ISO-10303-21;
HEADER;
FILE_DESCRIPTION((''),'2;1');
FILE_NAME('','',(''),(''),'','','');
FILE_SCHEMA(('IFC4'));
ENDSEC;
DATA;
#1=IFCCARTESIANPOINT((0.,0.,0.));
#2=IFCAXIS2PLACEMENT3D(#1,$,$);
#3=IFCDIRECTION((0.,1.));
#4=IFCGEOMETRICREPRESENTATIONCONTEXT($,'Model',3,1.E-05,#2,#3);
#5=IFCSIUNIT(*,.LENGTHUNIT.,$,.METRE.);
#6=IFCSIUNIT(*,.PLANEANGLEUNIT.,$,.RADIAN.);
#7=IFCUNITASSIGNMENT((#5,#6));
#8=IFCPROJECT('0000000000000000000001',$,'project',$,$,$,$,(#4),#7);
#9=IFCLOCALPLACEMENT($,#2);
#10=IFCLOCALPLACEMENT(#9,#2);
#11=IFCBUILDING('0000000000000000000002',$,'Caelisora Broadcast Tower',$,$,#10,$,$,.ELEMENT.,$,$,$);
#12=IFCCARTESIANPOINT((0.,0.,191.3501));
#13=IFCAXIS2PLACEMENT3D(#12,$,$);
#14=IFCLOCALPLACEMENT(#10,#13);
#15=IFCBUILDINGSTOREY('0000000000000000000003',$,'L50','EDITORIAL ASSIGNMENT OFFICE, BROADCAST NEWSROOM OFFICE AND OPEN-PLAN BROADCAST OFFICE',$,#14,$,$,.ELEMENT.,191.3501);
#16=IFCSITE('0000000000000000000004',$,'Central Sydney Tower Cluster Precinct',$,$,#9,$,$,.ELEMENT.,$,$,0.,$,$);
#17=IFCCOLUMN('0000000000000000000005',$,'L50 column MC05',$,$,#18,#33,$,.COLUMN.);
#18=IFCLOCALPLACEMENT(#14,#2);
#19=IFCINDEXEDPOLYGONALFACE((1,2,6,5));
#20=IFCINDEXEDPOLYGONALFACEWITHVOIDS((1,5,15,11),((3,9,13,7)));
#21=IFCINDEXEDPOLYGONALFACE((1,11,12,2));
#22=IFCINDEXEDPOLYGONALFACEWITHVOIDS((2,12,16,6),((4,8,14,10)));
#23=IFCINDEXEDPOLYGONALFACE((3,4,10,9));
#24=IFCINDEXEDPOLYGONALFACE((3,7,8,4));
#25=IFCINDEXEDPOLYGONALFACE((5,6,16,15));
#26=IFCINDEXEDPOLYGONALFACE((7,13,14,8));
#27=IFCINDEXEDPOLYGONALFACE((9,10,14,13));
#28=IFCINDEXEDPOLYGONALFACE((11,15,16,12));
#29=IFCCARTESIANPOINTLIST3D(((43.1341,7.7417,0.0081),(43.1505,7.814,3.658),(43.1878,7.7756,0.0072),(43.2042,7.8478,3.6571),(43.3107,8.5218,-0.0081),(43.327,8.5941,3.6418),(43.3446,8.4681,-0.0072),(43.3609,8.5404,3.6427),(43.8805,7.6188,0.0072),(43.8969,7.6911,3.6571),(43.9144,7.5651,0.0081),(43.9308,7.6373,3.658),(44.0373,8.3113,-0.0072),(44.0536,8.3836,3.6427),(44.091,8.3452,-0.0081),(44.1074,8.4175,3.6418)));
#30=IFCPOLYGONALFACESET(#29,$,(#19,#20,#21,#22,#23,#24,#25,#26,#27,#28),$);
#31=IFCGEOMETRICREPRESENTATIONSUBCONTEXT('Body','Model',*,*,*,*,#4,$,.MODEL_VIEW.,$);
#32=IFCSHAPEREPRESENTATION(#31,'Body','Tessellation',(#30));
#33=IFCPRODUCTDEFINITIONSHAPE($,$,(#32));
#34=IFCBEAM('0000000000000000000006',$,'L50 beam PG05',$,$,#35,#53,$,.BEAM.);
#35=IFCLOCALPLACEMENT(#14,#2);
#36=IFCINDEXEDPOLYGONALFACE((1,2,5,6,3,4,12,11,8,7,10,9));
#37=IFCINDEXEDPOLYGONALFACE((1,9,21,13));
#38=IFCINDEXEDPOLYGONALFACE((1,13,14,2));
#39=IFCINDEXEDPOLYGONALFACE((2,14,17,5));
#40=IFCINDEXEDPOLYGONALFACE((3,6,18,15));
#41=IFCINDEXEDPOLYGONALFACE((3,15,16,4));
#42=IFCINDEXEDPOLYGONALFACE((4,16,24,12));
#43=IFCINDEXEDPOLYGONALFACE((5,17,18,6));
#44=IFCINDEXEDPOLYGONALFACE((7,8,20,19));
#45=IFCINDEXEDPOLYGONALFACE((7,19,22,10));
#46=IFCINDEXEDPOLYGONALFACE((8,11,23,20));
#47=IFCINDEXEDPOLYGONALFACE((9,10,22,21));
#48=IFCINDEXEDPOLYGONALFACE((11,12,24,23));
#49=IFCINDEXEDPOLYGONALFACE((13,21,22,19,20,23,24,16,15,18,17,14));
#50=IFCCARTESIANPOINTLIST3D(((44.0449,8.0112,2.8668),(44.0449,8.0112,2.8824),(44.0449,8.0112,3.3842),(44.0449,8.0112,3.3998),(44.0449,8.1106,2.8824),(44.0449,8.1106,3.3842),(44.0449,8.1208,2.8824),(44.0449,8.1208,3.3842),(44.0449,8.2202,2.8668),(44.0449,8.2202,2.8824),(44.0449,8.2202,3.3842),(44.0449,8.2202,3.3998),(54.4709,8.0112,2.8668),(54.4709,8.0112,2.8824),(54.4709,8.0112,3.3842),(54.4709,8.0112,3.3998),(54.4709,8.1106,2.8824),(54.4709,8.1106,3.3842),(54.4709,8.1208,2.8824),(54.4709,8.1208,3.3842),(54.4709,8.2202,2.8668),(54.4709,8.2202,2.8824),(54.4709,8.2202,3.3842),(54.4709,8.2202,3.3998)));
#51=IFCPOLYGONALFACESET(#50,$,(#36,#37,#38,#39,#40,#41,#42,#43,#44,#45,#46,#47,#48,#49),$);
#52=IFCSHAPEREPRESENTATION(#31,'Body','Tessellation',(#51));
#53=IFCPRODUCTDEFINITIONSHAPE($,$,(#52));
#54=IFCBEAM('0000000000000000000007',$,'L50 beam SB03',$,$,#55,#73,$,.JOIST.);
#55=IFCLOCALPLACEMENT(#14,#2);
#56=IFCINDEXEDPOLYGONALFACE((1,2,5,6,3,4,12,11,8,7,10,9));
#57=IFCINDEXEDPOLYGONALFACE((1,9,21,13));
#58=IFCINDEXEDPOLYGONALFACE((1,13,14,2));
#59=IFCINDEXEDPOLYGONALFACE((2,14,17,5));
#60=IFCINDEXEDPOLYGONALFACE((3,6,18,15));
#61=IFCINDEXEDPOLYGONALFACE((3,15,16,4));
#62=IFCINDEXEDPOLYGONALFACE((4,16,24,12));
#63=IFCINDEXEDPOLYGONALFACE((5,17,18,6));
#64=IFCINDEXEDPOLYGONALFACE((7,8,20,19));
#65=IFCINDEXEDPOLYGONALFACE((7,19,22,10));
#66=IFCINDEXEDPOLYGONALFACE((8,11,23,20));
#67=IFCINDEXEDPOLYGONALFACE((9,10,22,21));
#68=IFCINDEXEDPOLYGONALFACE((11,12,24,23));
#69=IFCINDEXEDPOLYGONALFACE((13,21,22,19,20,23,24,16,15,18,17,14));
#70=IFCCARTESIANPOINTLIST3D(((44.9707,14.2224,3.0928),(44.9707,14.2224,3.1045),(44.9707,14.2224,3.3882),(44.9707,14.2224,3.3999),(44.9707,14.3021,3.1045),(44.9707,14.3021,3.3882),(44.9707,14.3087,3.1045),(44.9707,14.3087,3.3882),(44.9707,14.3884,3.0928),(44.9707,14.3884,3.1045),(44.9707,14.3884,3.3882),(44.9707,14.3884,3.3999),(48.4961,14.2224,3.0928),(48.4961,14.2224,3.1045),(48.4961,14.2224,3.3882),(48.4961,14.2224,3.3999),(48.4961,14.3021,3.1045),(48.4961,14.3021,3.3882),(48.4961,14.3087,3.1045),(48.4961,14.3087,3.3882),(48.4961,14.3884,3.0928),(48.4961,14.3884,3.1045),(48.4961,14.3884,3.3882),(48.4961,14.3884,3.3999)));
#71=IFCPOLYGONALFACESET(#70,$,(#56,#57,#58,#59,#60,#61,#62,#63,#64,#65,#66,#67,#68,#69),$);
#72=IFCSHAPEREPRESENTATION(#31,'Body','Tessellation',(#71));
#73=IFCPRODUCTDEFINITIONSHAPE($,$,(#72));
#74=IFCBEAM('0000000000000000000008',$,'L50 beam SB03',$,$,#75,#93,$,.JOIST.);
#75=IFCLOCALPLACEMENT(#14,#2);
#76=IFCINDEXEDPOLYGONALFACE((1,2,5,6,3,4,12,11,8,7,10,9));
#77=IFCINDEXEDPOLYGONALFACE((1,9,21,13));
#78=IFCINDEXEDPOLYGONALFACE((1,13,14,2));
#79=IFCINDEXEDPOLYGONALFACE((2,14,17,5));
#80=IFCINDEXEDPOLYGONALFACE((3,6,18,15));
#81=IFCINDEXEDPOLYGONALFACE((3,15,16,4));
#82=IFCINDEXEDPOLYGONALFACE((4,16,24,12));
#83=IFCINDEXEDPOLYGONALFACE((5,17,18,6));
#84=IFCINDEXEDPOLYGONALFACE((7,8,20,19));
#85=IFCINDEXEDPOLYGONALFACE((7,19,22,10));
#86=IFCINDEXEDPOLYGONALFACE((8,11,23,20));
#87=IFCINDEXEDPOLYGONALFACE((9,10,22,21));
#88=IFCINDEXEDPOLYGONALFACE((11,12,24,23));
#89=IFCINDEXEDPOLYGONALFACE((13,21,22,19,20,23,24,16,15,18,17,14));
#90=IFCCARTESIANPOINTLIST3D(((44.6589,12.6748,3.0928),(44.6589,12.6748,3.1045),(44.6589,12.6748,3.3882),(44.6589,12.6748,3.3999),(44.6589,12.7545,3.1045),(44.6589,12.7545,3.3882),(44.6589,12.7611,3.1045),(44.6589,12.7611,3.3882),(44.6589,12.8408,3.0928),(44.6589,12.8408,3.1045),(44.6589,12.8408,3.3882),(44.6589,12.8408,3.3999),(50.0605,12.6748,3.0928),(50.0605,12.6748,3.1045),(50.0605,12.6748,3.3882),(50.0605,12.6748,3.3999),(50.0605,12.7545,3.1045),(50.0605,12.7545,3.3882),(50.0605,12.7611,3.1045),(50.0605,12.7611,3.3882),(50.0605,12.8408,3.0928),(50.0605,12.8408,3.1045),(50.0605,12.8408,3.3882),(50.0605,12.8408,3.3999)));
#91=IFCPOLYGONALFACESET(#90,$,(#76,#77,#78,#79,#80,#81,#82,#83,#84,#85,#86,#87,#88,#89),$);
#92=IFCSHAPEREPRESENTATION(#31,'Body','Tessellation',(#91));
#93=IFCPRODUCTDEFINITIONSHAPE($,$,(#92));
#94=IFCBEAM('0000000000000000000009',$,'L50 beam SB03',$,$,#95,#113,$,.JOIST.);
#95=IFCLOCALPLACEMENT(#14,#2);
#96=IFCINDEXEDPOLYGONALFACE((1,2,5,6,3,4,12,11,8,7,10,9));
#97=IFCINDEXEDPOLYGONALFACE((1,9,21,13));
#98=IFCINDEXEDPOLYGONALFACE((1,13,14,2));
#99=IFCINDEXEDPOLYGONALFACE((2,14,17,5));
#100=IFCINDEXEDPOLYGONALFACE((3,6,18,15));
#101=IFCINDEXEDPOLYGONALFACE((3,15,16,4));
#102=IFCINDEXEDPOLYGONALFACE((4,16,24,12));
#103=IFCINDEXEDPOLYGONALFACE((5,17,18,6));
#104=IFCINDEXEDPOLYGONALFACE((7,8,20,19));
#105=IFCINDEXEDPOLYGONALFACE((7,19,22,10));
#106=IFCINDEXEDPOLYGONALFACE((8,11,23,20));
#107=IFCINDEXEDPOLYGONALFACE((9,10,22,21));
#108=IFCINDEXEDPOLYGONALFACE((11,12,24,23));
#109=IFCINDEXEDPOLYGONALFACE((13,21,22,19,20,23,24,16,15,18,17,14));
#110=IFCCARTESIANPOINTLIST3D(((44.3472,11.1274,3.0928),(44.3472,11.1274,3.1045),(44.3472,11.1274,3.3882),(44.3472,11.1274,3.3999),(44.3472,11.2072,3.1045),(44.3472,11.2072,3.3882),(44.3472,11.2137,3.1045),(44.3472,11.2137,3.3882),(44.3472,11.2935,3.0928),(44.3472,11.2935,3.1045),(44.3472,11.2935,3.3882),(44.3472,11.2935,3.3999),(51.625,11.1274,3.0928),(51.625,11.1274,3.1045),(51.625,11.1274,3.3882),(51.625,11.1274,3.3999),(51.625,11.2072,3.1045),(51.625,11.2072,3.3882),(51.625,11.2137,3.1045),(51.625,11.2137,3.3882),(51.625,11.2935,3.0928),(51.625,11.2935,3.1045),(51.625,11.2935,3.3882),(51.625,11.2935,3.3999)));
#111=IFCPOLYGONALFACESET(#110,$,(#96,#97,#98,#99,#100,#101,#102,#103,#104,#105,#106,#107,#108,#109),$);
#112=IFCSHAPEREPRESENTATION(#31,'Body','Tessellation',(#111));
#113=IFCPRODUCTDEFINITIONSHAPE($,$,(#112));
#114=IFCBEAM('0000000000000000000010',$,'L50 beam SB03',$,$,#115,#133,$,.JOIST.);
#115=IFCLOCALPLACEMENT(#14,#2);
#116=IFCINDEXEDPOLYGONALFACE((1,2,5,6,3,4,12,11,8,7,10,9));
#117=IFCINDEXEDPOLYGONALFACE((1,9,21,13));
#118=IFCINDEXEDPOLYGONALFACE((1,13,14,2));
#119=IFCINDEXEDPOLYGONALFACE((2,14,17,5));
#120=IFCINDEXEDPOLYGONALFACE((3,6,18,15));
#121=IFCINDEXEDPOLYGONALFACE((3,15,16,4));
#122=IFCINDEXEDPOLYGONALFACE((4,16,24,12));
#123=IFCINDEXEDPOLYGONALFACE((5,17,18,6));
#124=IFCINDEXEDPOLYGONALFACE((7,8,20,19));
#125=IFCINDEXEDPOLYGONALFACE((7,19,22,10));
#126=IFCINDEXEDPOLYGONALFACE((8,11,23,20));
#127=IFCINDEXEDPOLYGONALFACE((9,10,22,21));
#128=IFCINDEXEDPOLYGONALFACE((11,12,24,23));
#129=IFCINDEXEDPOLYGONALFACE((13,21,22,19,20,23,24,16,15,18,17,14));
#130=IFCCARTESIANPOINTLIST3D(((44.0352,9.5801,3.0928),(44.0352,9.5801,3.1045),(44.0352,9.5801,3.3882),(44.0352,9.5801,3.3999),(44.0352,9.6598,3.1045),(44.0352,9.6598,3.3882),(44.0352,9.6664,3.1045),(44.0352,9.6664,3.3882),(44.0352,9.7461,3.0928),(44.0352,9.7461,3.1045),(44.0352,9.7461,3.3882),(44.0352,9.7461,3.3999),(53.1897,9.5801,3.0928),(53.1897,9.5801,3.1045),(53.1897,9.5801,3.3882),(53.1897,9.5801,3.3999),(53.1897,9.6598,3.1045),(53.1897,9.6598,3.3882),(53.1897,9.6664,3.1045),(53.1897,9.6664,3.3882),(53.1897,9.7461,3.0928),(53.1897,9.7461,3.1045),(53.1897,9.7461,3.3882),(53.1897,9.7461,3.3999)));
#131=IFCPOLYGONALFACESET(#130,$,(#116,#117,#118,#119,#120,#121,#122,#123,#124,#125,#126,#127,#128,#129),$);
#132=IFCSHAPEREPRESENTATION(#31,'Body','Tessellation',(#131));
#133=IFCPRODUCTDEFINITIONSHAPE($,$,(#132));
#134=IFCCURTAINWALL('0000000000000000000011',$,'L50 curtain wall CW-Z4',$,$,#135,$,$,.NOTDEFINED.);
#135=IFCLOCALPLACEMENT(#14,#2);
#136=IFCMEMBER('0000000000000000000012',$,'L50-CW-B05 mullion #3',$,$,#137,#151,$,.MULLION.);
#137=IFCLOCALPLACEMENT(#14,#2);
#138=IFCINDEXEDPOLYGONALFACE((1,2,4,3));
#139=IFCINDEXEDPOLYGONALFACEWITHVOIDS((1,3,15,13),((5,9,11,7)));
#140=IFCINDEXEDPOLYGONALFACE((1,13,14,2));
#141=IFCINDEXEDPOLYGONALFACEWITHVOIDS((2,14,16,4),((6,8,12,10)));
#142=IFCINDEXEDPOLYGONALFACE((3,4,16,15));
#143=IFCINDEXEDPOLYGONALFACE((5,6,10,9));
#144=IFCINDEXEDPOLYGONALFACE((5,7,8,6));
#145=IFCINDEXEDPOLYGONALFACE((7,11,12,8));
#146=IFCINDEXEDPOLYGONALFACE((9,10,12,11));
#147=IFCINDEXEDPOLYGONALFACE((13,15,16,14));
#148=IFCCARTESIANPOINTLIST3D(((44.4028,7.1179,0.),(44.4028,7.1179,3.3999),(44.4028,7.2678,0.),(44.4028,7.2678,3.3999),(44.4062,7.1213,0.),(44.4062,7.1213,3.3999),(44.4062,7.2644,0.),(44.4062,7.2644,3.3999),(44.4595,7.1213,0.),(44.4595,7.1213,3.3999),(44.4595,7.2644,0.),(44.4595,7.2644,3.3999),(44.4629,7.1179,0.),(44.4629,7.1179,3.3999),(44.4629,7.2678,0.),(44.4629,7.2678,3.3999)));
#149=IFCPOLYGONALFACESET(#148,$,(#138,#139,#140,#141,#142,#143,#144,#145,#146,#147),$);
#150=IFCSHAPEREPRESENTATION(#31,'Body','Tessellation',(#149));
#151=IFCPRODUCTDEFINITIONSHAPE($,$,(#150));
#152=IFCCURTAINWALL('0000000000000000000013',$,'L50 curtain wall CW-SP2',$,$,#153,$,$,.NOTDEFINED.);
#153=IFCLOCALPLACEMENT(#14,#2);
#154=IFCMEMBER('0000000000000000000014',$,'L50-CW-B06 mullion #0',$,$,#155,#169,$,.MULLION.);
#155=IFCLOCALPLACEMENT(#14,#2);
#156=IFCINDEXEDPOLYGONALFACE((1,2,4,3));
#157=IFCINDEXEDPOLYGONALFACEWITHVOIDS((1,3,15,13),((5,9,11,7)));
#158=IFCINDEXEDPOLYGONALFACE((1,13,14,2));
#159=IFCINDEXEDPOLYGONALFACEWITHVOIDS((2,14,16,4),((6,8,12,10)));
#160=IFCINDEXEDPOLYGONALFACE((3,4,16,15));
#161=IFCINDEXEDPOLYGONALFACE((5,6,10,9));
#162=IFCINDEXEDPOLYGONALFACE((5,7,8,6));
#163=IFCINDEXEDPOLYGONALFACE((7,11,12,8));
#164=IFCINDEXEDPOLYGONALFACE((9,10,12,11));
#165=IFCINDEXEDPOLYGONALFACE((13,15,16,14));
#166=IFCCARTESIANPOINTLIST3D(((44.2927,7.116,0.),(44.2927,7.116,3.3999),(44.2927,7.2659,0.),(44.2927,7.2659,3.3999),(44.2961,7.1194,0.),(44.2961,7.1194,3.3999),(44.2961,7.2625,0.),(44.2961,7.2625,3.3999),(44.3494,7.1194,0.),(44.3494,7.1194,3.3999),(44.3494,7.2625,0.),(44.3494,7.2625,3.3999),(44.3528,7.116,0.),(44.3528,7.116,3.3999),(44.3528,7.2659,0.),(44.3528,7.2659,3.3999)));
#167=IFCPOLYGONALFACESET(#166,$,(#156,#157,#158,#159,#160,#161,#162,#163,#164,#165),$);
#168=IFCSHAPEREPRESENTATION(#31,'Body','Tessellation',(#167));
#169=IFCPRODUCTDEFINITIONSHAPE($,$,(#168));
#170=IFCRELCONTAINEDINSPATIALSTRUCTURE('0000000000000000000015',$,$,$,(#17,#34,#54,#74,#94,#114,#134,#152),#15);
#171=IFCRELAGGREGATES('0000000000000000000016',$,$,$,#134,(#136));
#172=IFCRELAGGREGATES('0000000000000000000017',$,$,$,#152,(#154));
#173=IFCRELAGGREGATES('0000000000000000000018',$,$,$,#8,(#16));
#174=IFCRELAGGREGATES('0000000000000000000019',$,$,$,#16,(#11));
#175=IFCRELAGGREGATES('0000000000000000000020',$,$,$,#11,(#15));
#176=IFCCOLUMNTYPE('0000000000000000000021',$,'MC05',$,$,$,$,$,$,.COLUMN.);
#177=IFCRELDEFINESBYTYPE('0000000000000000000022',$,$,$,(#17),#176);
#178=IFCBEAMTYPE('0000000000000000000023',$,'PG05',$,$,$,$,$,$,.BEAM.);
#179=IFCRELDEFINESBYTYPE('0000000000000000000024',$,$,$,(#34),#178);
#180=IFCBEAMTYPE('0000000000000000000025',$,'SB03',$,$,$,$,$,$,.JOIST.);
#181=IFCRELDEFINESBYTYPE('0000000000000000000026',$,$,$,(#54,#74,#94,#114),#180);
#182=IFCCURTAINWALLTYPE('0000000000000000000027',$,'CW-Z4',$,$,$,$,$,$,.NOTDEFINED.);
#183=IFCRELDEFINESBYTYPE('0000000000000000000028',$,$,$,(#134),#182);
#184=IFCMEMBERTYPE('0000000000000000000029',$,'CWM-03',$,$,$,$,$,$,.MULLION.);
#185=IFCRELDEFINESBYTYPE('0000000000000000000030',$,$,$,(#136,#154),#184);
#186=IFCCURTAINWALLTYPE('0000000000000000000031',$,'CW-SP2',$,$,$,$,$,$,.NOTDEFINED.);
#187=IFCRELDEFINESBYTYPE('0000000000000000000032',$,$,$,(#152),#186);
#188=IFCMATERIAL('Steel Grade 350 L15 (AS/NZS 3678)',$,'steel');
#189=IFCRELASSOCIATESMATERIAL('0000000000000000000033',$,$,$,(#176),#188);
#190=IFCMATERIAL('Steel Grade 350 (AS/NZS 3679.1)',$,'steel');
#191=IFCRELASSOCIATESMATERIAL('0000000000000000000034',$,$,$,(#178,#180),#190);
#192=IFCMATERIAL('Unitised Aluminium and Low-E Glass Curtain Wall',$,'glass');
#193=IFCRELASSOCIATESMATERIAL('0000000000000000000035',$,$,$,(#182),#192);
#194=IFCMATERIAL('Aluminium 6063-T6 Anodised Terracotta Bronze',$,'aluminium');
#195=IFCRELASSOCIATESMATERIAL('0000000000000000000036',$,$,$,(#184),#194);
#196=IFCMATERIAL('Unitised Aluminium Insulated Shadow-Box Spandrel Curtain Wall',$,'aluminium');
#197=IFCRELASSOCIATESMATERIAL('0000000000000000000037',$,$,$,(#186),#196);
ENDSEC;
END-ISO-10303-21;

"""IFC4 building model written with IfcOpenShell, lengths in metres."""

from ifc_helpers import new_model, si_unit, direction, frame, origin, origin_2d, place, context, subcontext, project, spatial, hollow_rectangle, i_section, extrude, source, transform, mapped, material, material_profile, profile_set, type_object, type_shapes, element, aggregate, save


model = new_model("IFC4")

# Units and contexts
model_context = context("Model", 3, precision=1e-05, world=origin(), true_north=direction((0.0, 1.0)))
body_context = subcontext(model_context, "Body", "Model", "MODEL_VIEW")
ifc_project = project(units=[si_unit("LENGTHUNIT", "METRE"), si_unit("PLANEANGLEUNIT", "RADIAN")], contexts=[model_context])

# Site, building, storey
site_placement = place(None, origin())
site = spatial("IfcSite", under=ifc_project, at=site_placement, Name="Central Sydney Tower Cluster Precinct", CompositionType="ELEMENT", RefElevation=0.0)
building_placement = place(site_placement, origin())
building = spatial("IfcBuilding", under=site, at=building_placement, Name="Caelisora Broadcast Tower", CompositionType="ELEMENT")
storey_placement = place(building_placement, frame((0.0, 0.0, 191.3501)))
storey = spatial("IfcBuildingStorey", under=building, at=storey_placement, Name="L50", Description="EDITORIAL ASSIGNMENT OFFICE, BROADCAST NEWSROOM OFFICE AND OPEN-PLAN BROADCAST OFFICE", CompositionType="ELEMENT", Elevation=191.3501)

# Column
ifc_material_1 = material(Name="Steel Grade 350 L15 (AS/NZS 3678)", Category="steel")
ifc_material_profile_1 = material_profile(ifc_material_1, hollow_rectangle(XDim=0.8, YDim=0.8, WallThickness=0.0449, at=origin_2d()), Name="Steel Grade 350 L15 (AS/NZS 3678)")
ifc_profile_set_1 = profile_set([ifc_material_profile_1], Name="Steel Grade 350 L15 (AS/NZS 3678)")
column_type = type_object("IfcColumnType", Name="MC05", PredefinedType="COLUMN", material=ifc_profile_set_1)
shared_shape_1 = source(origin(), body_context, "Body", "SweptSolid", [
    extrude(hollow_rectangle(XDim=0.8, YDim=0.8, WallThickness=0.0449, at=origin_2d()), origin(), (0.0, 0.0, 1.0), 3.6506),
])
type_shapes(column_type, [shared_shape_1])
column_placement = place(storey_placement, frame((43.6125, 8.0435, 0.0), z_axis=(0.004481, 0.019795, 0.999794), x_axis=(-0.975327, 0.220767, 0.0)))
element("IfcColumn", 1, at=column_placement, inside=storey, type_object=column_type, Name="L50 column MC05", PredefinedType="COLUMN", context=body_context, shape_type="MappedRepresentation", body=[
    mapped(shared_shape_1, transform((0.0, 0.0, 0.0), scale=1.0)),
])

# Beams
ifc_material_2 = material(Name="Steel Grade 350 (AS/NZS 3679.1)", Category="steel")
ifc_material_profile_2 = material_profile(ifc_material_2, i_section(OverallWidth=0.209, OverallDepth=0.533, WebThickness=0.0103, FlangeThickness=0.0156, at=origin_2d()), Name="Steel Grade 350 (AS/NZS 3679.1)")
ifc_profile_set_2 = profile_set([ifc_material_profile_2], Name="Steel Grade 350 (AS/NZS 3679.1)")
beam_type_1 = type_object("IfcBeamType", Name="PG05", PredefinedType="BEAM", material=ifc_profile_set_2)
shared_shape_2 = source(origin(), body_context, "Body", "SweptSolid", [
    extrude(i_section(OverallWidth=0.209, OverallDepth=0.533, WebThickness=0.0103, FlangeThickness=0.0156, at=origin_2d()), origin(), (0.0, 0.0, 1.0), 10.426),
])
type_shapes(beam_type_1, [shared_shape_2])
beam_1_placement = place(storey_placement, frame((44.0449, 8.1157, 3.1333), z_axis=(1.0, 0.0, 0.0), x_axis=(0.0, 1.0, 0.0)))
element("IfcBeam", 2, at=beam_1_placement, inside=storey, type_object=beam_type_1, Name="L50 beam PG05", PredefinedType="BEAM", context=body_context, shape_type="MappedRepresentation", body=[
    mapped(shared_shape_2, transform((0.0, 0.0, 0.0), scale=1.0)),
])
ifc_material_profile_3 = material_profile(ifc_material_2, i_section(OverallWidth=0.166, OverallDepth=0.3071, WebThickness=0.0066, FlangeThickness=0.0117, at=origin_2d()), Name="Steel Grade 350 (AS/NZS 3679.1)")
ifc_profile_set_3 = profile_set([ifc_material_profile_3], Name="Steel Grade 350 (AS/NZS 3679.1)")
beam_type_2 = type_object("IfcBeamType", Name="SB03", PredefinedType="JOIST", material=ifc_profile_set_3)
shared_shape_3 = source(origin(), body_context, "Body", "SweptSolid", [
    extrude(i_section(OverallWidth=0.166, OverallDepth=0.3071, WebThickness=0.0066, FlangeThickness=0.0117, at=origin_2d()), origin(), (0.0, 0.0, 1.0), 3.5254),
])
beam_2_placement = place(storey_placement, frame((44.9707, 14.3054, 3.2463), z_axis=(1.0, 0.0, 0.0), x_axis=(0.0, 1.0, 0.0)))
element("IfcBeam", 3, at=beam_2_placement, inside=storey, type_object=beam_type_2, Name="L50 beam SB03", PredefinedType="JOIST", context=body_context, shape_type="MappedRepresentation", body=[
    mapped(shared_shape_3, transform((0.0, 0.0, 0.0), scale=1.0)),
])
shared_shape_4 = source(origin(), body_context, "Body", "SweptSolid", [
    extrude(i_section(OverallWidth=0.166, OverallDepth=0.3071, WebThickness=0.0066, FlangeThickness=0.0117, at=origin_2d()), origin(), (0.0, 0.0, 1.0), 5.4016),
])
beam_3_placement = place(storey_placement, frame((44.6589, 12.7578, 3.2463), z_axis=(1.0, 0.0, 0.0), x_axis=(0.0, 1.0, 0.0)))
element("IfcBeam", 4, at=beam_3_placement, inside=storey, type_object=beam_type_2, Name="L50 beam SB03", PredefinedType="JOIST", context=body_context, shape_type="MappedRepresentation", body=[
    mapped(shared_shape_4, transform((0.0, 0.0, 0.0), scale=1.0)),
])
shared_shape_5 = source(origin(), body_context, "Body", "SweptSolid", [
    extrude(i_section(OverallWidth=0.166, OverallDepth=0.3071, WebThickness=0.0066, FlangeThickness=0.0117, at=origin_2d()), origin(), (0.0, 0.0, 1.0), 7.2778),
])
beam_4_placement = place(storey_placement, frame((44.3472, 11.2104, 3.2463), z_axis=(1.0, 0.0, 0.0), x_axis=(0.0, 1.0, 0.0)))
element("IfcBeam", 5, at=beam_4_placement, inside=storey, type_object=beam_type_2, Name="L50 beam SB03", PredefinedType="JOIST", context=body_context, shape_type="MappedRepresentation", body=[
    mapped(shared_shape_5, transform((0.0, 0.0, 0.0), scale=1.0)),
])
shared_shape_6 = source(origin(), body_context, "Body", "SweptSolid", [
    extrude(i_section(OverallWidth=0.166, OverallDepth=0.3071, WebThickness=0.0066, FlangeThickness=0.0117, at=origin_2d()), origin(), (0.0, 0.0, 1.0), 9.1545),
])
type_shapes(beam_type_2, [shared_shape_3, shared_shape_4, shared_shape_5, shared_shape_6])
beam_5_placement = place(storey_placement, frame((44.0352, 9.6631, 3.2463), z_axis=(1.0, 0.0, 0.0), x_axis=(0.0, 1.0, 0.0)))
element("IfcBeam", 6, at=beam_5_placement, inside=storey, type_object=beam_type_2, Name="L50 beam SB03", PredefinedType="JOIST", context=body_context, shape_type="MappedRepresentation", body=[
    mapped(shared_shape_6, transform((0.0, 0.0, 0.0), scale=1.0)),
])

# Curtain wall, member
ifc_material_3 = material(Name="Unitised Aluminium and Low-E Glass Curtain Wall", Category="glass")
curtain_wall_type_1 = type_object("IfcCurtainWallType", Name="CW-Z4", PredefinedType="NOTDEFINED", material=ifc_material_3)
curtain_wall_1_placement = place(storey_placement, origin())
curtain_wall_1 = element("IfcCurtainWall", 7, at=curtain_wall_1_placement, inside=storey, type_object=curtain_wall_type_1, Name="L50 curtain wall CW-Z4", PredefinedType="NOTDEFINED")
ifc_material_4 = material(Name="Aluminium 6063-T6 Anodised Terracotta Bronze", Category="aluminium")
ifc_material_profile_4 = material_profile(ifc_material_4, hollow_rectangle(XDim=0.0601, YDim=0.1499, WallThickness=0.0034, at=origin_2d()), Name="Aluminium 6063-T6 Anodised Terracotta Bronze")
ifc_profile_set_4 = profile_set([ifc_material_profile_4], Name="Aluminium 6063-T6 Anodised Terracotta Bronze")
member_type_1 = type_object("IfcMemberType", Name="CWM-03", PredefinedType="MULLION", material=ifc_profile_set_4)
shared_shape_7 = source(origin(), body_context, "Body", "SweptSolid", [
    extrude(hollow_rectangle(XDim=0.0601, YDim=0.1499, WallThickness=0.0034, at=origin_2d()), origin(), (0.0, 0.0, 1.0), 3.3999),
])
type_shapes(member_type_1, [shared_shape_7])
member_1_placement = place(storey_placement, frame((44.4329, 7.1929, 0.0), z_axis=(0.0, 0.0, 1.0), x_axis=(1.0, 0.0, 0.0)))
member_1 = element("IfcMember", 8, at=member_1_placement, type_object=member_type_1, Name="L50-CW-B05 mullion #3", PredefinedType="MULLION", context=body_context, shape_type="MappedRepresentation", body=[
    mapped(shared_shape_7, transform((0.0, 0.0, 0.0), scale=1.0)),
])
aggregate(curtain_wall_1, [member_1])

# Curtain wall, member
ifc_material_5 = material(Name="Unitised Aluminium Insulated Shadow-Box Spandrel Curtain Wall", Category="aluminium")
curtain_wall_type_2 = type_object("IfcCurtainWallType", Name="CW-SP2", PredefinedType="NOTDEFINED", material=ifc_material_5)
curtain_wall_2_placement = place(storey_placement, origin())
curtain_wall_2 = element("IfcCurtainWall", 9, at=curtain_wall_2_placement, inside=storey, type_object=curtain_wall_type_2, Name="L50 curtain wall CW-SP2", PredefinedType="NOTDEFINED")
member_2_placement = place(storey_placement, frame((44.3228, 7.1909, 0.0), z_axis=(0.0, 0.0, 1.0), x_axis=(1.0, 0.0, 0.0)))
member_2 = element("IfcMember", 10, at=member_2_placement, type_object=member_type_1, Name="L50-CW-B06 mullion #0", PredefinedType="MULLION", context=body_context, shape_type="MappedRepresentation", body=[
    mapped(shared_shape_7, transform((0.0, 0.0, 0.0), scale=1.0)),
])

aggregate(curtain_wall_2, [member_2])

save(model, "model.ifc")
